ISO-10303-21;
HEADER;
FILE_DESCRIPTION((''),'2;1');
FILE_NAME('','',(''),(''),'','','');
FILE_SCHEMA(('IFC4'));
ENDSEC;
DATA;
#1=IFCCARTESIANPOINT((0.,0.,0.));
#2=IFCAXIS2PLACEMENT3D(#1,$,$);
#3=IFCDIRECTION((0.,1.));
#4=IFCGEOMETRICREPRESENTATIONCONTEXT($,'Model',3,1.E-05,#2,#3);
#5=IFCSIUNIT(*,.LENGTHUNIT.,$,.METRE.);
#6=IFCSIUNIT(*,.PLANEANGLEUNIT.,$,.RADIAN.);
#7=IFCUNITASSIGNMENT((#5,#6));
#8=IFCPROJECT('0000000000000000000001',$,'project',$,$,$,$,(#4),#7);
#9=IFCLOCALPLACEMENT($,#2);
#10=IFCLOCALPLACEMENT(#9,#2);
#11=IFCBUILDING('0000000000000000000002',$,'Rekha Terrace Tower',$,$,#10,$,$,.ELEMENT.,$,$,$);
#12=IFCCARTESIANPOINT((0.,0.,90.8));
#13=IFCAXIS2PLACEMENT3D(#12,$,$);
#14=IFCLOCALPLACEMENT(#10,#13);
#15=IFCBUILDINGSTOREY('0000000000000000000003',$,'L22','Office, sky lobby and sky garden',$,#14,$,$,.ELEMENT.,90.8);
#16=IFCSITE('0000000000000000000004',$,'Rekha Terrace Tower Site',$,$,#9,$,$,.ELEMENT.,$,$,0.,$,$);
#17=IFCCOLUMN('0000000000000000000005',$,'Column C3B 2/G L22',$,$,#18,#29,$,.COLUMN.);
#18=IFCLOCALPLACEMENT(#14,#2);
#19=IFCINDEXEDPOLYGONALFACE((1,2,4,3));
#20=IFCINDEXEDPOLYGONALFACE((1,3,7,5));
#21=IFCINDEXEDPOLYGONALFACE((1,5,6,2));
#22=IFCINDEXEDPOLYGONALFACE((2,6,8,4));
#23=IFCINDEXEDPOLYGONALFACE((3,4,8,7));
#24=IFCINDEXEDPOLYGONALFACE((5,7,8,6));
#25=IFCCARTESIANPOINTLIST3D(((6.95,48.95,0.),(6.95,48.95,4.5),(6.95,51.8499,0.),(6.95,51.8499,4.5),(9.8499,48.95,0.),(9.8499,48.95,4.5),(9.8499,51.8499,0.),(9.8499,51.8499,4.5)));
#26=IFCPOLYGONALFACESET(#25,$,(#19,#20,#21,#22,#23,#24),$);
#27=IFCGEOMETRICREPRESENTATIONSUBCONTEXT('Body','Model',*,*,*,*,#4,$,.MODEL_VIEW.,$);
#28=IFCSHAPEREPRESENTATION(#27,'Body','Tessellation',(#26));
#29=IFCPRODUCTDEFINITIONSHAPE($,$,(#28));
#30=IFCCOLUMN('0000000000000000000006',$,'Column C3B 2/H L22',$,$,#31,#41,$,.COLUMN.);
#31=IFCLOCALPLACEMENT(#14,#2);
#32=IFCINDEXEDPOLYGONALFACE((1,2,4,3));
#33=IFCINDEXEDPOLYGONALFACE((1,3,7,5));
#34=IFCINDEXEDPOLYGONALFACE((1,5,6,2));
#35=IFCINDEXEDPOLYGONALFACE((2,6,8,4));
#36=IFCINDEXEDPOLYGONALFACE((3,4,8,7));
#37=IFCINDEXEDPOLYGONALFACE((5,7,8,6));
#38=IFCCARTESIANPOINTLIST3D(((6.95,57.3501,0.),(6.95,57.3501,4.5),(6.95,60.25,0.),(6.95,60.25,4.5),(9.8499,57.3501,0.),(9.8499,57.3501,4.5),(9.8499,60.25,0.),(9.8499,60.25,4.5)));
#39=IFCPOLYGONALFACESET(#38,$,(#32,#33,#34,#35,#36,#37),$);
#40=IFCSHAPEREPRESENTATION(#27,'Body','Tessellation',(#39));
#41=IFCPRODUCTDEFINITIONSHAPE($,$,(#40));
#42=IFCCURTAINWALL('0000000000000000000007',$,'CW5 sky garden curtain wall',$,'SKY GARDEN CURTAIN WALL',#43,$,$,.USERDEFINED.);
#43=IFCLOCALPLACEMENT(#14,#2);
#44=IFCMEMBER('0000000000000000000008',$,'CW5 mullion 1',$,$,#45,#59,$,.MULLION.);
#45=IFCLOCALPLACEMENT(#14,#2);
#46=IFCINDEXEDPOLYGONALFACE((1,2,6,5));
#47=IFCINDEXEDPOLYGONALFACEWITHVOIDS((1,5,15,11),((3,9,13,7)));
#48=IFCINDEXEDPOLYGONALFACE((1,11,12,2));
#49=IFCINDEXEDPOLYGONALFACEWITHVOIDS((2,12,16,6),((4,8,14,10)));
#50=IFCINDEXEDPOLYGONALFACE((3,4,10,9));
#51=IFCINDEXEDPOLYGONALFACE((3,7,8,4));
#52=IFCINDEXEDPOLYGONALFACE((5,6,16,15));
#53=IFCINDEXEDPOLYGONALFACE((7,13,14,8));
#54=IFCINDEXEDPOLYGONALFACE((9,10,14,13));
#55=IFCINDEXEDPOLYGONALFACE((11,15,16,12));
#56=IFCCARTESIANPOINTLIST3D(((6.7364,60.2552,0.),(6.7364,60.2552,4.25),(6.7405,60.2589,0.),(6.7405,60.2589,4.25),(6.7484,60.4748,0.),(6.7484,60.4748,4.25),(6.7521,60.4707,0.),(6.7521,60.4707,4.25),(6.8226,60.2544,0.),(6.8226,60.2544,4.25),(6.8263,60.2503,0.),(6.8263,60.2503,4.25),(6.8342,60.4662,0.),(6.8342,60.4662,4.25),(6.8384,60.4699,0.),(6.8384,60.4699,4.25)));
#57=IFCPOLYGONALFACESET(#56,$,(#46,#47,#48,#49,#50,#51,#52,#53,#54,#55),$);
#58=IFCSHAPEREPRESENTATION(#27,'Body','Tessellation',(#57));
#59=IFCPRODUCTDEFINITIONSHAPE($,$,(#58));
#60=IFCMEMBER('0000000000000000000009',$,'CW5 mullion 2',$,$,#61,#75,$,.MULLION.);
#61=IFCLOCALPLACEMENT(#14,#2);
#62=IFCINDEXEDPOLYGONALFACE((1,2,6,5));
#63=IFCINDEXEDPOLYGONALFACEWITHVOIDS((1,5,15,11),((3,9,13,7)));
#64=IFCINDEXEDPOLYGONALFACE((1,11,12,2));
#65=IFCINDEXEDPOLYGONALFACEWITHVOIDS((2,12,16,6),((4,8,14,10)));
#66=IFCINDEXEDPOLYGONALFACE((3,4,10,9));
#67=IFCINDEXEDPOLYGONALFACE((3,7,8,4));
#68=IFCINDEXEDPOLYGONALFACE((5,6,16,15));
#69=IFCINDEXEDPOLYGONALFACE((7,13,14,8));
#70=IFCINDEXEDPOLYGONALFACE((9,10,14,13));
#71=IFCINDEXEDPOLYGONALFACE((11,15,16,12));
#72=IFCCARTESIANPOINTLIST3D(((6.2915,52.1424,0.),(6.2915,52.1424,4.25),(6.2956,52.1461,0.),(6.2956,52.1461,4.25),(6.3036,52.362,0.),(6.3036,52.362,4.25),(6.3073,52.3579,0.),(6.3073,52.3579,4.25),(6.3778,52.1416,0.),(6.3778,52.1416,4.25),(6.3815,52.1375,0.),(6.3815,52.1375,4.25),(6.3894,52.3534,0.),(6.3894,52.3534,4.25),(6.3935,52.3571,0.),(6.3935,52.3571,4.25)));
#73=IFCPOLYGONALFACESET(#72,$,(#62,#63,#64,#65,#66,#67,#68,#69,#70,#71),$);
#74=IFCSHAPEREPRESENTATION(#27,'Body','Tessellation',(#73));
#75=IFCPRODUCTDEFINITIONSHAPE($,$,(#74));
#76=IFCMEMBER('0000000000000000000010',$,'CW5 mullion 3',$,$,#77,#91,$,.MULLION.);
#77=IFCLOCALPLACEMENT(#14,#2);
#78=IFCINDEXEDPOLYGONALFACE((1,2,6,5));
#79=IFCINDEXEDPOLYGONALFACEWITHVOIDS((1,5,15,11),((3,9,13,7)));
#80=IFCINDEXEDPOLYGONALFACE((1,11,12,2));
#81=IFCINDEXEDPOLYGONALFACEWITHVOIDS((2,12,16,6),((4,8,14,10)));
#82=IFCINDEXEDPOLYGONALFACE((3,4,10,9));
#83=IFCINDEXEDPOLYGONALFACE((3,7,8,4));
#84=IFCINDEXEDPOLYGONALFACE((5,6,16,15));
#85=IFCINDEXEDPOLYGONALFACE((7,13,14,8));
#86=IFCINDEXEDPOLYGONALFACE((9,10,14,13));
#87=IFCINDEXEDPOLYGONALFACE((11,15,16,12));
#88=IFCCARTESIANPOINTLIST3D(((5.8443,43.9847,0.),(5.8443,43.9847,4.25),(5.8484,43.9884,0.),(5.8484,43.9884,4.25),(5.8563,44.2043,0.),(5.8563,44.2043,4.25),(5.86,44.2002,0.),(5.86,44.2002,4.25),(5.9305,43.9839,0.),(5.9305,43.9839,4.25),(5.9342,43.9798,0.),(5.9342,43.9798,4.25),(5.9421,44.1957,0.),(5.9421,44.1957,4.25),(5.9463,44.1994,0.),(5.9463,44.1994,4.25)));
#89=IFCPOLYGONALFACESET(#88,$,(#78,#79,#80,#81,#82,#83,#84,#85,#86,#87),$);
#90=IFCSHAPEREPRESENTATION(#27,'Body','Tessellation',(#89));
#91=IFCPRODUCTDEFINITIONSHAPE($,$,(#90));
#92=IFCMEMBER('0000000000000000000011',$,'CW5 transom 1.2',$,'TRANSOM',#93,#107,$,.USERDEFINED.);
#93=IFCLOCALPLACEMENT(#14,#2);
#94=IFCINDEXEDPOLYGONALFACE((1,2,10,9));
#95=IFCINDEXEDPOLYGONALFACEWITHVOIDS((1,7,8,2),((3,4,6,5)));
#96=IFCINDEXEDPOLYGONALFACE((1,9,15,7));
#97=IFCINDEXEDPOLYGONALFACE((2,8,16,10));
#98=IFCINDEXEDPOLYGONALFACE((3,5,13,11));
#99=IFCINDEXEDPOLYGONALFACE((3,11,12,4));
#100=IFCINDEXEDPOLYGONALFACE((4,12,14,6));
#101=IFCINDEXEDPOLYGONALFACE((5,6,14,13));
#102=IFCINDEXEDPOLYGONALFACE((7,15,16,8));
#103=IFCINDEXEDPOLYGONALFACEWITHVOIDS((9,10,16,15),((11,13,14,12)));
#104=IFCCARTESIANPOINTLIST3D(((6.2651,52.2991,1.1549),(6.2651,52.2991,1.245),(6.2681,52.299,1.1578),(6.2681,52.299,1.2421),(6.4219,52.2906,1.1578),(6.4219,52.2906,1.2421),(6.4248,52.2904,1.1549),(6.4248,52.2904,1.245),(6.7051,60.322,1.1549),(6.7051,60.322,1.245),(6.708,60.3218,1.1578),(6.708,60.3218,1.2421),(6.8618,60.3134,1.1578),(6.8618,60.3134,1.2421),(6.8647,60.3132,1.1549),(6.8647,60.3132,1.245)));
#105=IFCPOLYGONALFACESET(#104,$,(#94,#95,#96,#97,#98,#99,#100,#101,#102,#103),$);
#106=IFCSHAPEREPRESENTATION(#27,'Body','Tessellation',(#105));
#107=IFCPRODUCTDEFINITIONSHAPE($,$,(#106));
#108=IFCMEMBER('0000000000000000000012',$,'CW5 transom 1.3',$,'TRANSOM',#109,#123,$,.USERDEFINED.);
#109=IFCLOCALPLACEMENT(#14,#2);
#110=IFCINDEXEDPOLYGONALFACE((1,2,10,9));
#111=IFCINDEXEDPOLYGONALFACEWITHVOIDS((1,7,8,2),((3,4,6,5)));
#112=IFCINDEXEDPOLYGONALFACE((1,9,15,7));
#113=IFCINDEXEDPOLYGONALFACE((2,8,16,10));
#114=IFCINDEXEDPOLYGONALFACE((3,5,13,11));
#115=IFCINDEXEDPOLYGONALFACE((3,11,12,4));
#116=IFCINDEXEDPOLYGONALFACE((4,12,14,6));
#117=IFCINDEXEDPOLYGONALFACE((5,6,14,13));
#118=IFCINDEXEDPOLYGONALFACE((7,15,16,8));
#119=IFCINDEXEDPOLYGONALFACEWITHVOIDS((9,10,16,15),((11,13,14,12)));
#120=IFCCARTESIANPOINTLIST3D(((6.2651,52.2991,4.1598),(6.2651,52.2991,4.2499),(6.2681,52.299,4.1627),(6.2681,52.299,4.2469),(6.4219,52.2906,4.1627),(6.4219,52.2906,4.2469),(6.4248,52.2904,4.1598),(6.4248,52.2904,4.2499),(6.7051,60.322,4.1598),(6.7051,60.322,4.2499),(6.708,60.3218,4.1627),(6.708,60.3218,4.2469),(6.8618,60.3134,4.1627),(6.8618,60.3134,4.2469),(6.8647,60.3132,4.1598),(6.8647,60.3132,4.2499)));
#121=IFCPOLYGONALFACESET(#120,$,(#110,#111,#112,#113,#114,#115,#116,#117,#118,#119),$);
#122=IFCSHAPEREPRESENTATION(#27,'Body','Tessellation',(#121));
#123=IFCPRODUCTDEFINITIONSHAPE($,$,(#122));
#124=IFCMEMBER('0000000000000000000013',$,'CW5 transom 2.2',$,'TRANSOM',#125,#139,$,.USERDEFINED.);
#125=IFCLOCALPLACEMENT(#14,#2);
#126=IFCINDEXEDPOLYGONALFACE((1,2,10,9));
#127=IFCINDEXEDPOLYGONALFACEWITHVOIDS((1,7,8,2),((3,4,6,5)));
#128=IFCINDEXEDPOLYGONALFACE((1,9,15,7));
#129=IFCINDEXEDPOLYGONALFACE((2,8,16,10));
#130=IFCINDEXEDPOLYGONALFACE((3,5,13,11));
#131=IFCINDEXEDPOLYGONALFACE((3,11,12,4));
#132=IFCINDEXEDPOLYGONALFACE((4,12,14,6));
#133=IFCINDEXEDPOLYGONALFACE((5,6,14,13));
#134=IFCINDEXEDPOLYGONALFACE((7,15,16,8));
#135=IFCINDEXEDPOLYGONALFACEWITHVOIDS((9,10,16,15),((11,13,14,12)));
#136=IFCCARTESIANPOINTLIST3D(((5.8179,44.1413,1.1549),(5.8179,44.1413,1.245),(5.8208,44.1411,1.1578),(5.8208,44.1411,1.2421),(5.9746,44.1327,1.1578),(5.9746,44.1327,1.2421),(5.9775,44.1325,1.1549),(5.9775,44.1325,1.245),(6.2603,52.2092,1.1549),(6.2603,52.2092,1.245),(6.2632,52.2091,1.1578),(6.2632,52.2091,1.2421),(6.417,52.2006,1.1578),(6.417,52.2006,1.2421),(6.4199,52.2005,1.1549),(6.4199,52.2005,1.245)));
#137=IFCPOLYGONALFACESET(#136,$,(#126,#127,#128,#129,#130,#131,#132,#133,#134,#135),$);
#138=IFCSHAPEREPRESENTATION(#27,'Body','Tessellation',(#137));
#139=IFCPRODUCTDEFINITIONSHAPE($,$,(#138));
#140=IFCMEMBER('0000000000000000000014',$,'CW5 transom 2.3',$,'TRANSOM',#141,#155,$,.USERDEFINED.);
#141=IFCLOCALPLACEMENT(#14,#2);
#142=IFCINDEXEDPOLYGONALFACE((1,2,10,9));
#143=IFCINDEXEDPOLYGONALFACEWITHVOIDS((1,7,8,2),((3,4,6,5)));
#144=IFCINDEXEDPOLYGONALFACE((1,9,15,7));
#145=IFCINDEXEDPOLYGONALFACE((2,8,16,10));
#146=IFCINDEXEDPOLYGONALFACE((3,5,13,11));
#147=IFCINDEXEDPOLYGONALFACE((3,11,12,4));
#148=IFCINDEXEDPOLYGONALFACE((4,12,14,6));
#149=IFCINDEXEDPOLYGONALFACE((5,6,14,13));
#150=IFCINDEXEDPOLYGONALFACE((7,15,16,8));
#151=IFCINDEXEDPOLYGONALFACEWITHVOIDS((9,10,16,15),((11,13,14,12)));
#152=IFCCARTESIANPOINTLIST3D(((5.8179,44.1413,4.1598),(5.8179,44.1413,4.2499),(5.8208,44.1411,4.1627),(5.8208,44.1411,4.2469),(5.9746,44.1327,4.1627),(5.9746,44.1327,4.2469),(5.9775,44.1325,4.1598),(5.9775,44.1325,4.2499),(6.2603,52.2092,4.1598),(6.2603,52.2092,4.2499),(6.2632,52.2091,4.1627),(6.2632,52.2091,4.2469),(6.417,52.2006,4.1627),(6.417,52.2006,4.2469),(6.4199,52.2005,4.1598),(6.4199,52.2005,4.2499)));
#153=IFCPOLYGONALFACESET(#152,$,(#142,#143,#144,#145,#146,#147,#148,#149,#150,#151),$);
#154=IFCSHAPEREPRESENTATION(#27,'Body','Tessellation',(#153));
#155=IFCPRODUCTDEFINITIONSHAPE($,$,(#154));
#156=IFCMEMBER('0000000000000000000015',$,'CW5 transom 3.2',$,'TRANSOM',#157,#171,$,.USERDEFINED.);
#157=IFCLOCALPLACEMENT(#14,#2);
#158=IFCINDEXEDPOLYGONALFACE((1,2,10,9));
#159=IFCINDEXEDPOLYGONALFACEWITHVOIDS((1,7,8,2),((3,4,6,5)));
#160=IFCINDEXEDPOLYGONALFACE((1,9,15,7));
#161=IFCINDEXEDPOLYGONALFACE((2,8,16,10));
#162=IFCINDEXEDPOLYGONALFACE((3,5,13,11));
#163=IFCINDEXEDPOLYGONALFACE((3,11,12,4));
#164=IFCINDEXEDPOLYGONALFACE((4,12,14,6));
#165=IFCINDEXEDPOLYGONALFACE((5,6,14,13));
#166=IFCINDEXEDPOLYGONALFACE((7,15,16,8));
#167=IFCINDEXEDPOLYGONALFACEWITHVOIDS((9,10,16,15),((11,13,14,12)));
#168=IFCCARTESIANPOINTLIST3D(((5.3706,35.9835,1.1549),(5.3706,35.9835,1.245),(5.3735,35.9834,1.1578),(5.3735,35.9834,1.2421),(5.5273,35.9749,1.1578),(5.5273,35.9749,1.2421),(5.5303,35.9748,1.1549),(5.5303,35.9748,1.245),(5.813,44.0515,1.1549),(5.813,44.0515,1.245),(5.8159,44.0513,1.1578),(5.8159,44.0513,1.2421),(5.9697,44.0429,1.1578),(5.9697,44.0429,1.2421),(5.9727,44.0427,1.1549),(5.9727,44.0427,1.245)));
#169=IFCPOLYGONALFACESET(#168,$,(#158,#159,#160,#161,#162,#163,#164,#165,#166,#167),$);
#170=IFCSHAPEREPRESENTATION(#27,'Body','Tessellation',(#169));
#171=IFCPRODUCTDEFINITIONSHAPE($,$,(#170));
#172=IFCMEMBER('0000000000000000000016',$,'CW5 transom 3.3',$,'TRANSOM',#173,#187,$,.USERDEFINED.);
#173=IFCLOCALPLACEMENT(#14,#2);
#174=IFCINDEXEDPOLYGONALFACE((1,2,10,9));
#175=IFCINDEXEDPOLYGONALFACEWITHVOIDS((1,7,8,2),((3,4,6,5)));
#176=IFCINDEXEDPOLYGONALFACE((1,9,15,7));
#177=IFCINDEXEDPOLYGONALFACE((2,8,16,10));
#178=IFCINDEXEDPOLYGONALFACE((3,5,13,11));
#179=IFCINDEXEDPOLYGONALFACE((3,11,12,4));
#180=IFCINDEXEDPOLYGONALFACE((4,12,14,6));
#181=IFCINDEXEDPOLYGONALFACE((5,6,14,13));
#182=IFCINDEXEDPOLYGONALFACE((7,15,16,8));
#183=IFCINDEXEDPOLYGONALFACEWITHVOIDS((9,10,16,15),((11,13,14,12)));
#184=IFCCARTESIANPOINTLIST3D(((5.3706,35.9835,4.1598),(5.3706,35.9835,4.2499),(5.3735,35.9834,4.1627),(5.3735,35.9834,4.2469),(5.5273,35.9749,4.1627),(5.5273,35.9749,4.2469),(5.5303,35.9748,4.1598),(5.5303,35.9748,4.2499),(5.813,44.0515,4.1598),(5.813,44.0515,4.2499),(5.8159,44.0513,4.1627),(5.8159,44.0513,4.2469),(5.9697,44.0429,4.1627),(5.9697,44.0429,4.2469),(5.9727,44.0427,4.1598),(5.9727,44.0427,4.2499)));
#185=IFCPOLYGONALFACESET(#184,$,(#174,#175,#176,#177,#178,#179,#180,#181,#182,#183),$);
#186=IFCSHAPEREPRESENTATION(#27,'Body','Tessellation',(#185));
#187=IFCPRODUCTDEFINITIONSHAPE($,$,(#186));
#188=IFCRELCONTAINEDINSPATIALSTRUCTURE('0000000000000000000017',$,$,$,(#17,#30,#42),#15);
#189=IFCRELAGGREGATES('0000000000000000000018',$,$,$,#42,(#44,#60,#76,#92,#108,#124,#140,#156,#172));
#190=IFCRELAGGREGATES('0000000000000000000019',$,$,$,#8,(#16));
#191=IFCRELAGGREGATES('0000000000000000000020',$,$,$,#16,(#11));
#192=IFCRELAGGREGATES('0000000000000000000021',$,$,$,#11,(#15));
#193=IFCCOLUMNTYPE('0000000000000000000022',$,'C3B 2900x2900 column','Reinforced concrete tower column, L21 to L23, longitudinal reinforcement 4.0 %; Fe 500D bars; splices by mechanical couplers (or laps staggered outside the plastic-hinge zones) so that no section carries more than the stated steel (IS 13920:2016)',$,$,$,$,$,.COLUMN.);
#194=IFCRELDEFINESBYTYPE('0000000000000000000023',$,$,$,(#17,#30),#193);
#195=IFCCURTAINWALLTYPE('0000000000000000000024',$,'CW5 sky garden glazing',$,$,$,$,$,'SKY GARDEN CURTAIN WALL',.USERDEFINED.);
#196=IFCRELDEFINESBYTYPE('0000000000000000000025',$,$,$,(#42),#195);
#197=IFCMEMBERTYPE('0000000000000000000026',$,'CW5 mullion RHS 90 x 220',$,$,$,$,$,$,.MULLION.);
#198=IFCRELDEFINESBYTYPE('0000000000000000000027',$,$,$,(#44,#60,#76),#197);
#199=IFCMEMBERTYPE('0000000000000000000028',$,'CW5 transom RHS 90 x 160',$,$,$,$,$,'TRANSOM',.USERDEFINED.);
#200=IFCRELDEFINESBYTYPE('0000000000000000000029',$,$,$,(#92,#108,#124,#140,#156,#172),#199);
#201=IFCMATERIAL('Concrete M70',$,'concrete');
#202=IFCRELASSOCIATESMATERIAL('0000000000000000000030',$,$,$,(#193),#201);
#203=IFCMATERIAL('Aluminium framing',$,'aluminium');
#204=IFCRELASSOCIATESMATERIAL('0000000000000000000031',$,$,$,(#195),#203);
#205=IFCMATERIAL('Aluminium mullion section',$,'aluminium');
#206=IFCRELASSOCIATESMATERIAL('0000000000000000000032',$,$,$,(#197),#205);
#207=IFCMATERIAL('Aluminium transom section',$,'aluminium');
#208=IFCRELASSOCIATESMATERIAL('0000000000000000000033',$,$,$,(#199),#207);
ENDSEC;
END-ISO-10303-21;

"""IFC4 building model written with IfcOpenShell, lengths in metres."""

from ifc_helpers import new_model, si_unit, direction, frame, origin, origin_2d, place, context, subcontext, project, spatial, rectangle, hollow_rectangle, extrude, material, material_profile, profile_set, type_object, element, aggregate, save


model = new_model("IFC4")

# Units and contexts
model_context = context("Model", 3, precision=1e-05, world=origin(), true_north=direction((0.0, 1.0)))
body_context = subcontext(model_context, "Body", "Model", "MODEL_VIEW")
ifc_project = project(units=[si_unit("LENGTHUNIT", "METRE"), si_unit("PLANEANGLEUNIT", "RADIAN")], contexts=[model_context])

# Site, building, storey
site_placement = place(None, origin())
site = spatial("IfcSite", under=ifc_project, at=site_placement, Name="Rekha Terrace Tower Site", CompositionType="ELEMENT", RefElevation=0.0)
building_placement = place(site_placement, origin())
building = spatial("IfcBuilding", under=site, at=building_placement, Name="Rekha Terrace Tower", CompositionType="ELEMENT")
storey_placement = place(building_placement, frame((0.0, 0.0, 90.8)))
storey = spatial("IfcBuildingStorey", under=building, at=storey_placement, Name="L22", Description="Office, sky lobby and sky garden", CompositionType="ELEMENT", Elevation=90.8)

# Columns
ifc_material_1 = material(Name="Concrete M70", Category="concrete")
ifc_material_profile_1 = material_profile(ifc_material_1, rectangle(XDim=2.8999, YDim=2.8999, at=origin_2d()), Name="RC 2900x2900")
ifc_profile_set_1 = profile_set([ifc_material_profile_1], Name="Concrete M70")
column_type = type_object("IfcColumnType", Name="C3B 2900x2900 column", Description="Reinforced concrete tower column, L21 to L23, longitudinal reinforcement 4.0 %; Fe 500D bars; splices by mechanical couplers (or laps staggered outside the plastic-hinge zones) so that no section carries more than the stated steel (IS 13920:2016)", PredefinedType="COLUMN", material=ifc_profile_set_1)
for number, where, z_axis, x_axis, name in (
    (1, (8.3999, 50.3999, 0.0), (0.0, 0.0, 1.0), (1.0, 0.0, 0.0), "Column C3B 2/G L22"),
    (2, (8.3999, 58.8, 0.0), (0.0, 0.0, 1.0), (1.0, 0.0, 0.0), "Column C3B 2/H L22"),
):
    element("IfcColumn", number, at=place(storey_placement, frame(where, z_axis=z_axis, x_axis=x_axis)), inside=storey, type_object=column_type, Name=name, PredefinedType="COLUMN", context=body_context, shape_type="SweptSolid", body=[
        extrude(rectangle(XDim=2.8999, YDim=2.8999, at=origin_2d()), origin(), (0.0, 0.0, 1.0), 4.5),
    ])

# Curtain wall, members
ifc_material_2 = material(Name="Aluminium framing", Category="aluminium")
curtain_wall_type = type_object("IfcCurtainWallType", Name="CW5 sky garden glazing", ElementType="SKY GARDEN CURTAIN WALL", PredefinedType="USERDEFINED", material=ifc_material_2)
curtain_wall_1_placement = place(storey_placement, origin())
curtain_wall_1 = element("IfcCurtainWall", 3, at=curtain_wall_1_placement, inside=storey, type_object=curtain_wall_type, Name="CW5 sky garden curtain wall", ObjectType="SKY GARDEN CURTAIN WALL", PredefinedType="USERDEFINED")
ifc_material_3 = material(Name="Aluminium mullion section", Category="aluminium")
ifc_material_profile_2 = material_profile(ifc_material_3, hollow_rectangle(XDim=0.0901, YDim=0.22, WallThickness=0.0039, at=origin_2d()), Name="AL RHS 90x220")
ifc_profile_set_2 = profile_set([ifc_material_profile_2], Name="Aluminium mullion section")
member_type_1 = type_object("IfcMemberType", Name="CW5 mullion RHS 90 x 220", PredefinedType="MULLION", material=ifc_profile_set_2)
member_1_placement = place(storey_placement, frame((6.7874, 60.3625, 0.0), z_axis=(0.0, 0.0, 1.0), x_axis=(0.998501, -0.054742, 0.0)))
member_1 = element("IfcMember", 4, at=member_1_placement, type_object=member_type_1, Name="CW5 mullion 1", PredefinedType="MULLION", context=body_context, shape_type="SweptSolid", body=[
    extrude(hollow_rectangle(XDim=0.0901, YDim=0.22, WallThickness=0.0039, at=origin_2d()), origin(), (0.0, 0.0, 1.0), 4.25),
])
member_2_placement = place(storey_placement, frame((6.3425, 52.2498, 0.0), z_axis=(0.0, 0.0, 1.0), x_axis=(0.998501, -0.054742, 0.0)))
member_2 = element("IfcMember", 5, at=member_2_placement, type_object=member_type_1, Name="CW5 mullion 2", PredefinedType="MULLION", context=body_context, shape_type="SweptSolid", body=[
    extrude(hollow_rectangle(XDim=0.0901, YDim=0.22, WallThickness=0.0039, at=origin_2d()), origin(), (0.0, 0.0, 1.0), 4.25),
])
member_3_placement = place(storey_placement, frame((5.8953, 44.092, 0.0), z_axis=(0.0, 0.0, 1.0), x_axis=(0.998501, -0.054742, 0.0)))
member_3 = element("IfcMember", 6, at=member_3_placement, type_object=member_type_1, Name="CW5 mullion 3", PredefinedType="MULLION", context=body_context, shape_type="SweptSolid", body=[
    extrude(hollow_rectangle(XDim=0.0901, YDim=0.22, WallThickness=0.0039, at=origin_2d()), origin(), (0.0, 0.0, 1.0), 4.25),
])
ifc_material_4 = material(Name="Aluminium transom section", Category="aluminium")
ifc_material_profile_3 = material_profile(ifc_material_4, hollow_rectangle(XDim=0.1599, YDim=0.0901, WallThickness=0.0029, at=origin_2d()), Name="AL RHS 160x90")
ifc_profile_set_3 = profile_set([ifc_material_profile_3], Name="Aluminium transom section")
member_type_2 = type_object("IfcMemberType", Name="CW5 transom RHS 90 x 160", ElementType="TRANSOM", PredefinedType="USERDEFINED", material=ifc_profile_set_3)
member_4_placement = place(storey_placement, frame((6.7849, 60.3176, 1.2), z_axis=(-0.054753, -0.9985, 0.0), x_axis=(0.9985, -0.054753, 0.0)))
member_4 = element("IfcMember", 7, at=member_4_placement, type_object=member_type_2, Name="CW5 transom 1.2", ObjectType="TRANSOM", PredefinedType="USERDEFINED", context=body_context, shape_type="SweptSolid", body=[
    extrude(hollow_rectangle(XDim=0.1599, YDim=0.0901, WallThickness=0.0029, at=origin_2d()), origin(), (0.0, 0.0, 1.0), 8.0349),
])
member_5_placement = place(storey_placement, frame((6.7849, 60.3176, 4.2048), z_axis=(-0.054753, -0.9985, 0.0), x_axis=(0.9985, -0.054753, 0.0)))
member_5 = element("IfcMember", 8, at=member_5_placement, type_object=member_type_2, Name="CW5 transom 1.3", ObjectType="TRANSOM", PredefinedType="USERDEFINED", context=body_context, shape_type="SweptSolid", body=[
    extrude(hollow_rectangle(XDim=0.1599, YDim=0.0901, WallThickness=0.0029, at=origin_2d()), origin(), (0.0, 0.0, 1.0), 8.0349),
])
member_6_placement = place(storey_placement, frame((6.3401, 52.2048, 1.2), z_axis=(-0.05475, -0.9985, 0.0), x_axis=(0.9985, -0.05475, 0.0)))
member_6 = element("IfcMember", 9, at=member_6_placement, type_object=member_type_2, Name="CW5 transom 2.2", ObjectType="TRANSOM", PredefinedType="USERDEFINED", context=body_context, shape_type="SweptSolid", body=[
    extrude(hollow_rectangle(XDim=0.1599, YDim=0.0901, WallThickness=0.0029, at=origin_2d()), origin(), (0.0, 0.0, 1.0), 8.0801),
])
member_7_placement = place(storey_placement, frame((6.3401, 52.2048, 4.2048), z_axis=(-0.05475, -0.9985, 0.0), x_axis=(0.9985, -0.05475, 0.0)))
member_7 = element("IfcMember", 10, at=member_7_placement, type_object=member_type_2, Name="CW5 transom 2.3", ObjectType="TRANSOM", PredefinedType="USERDEFINED", context=body_context, shape_type="SweptSolid", body=[
    extrude(hollow_rectangle(XDim=0.1599, YDim=0.0901, WallThickness=0.0029, at=origin_2d()), origin(), (0.0, 0.0, 1.0), 8.0801),
])
member_8_placement = place(storey_placement, frame((5.8928, 44.0471, 1.2), z_axis=(-0.05475, -0.9985, 0.0), x_axis=(0.9985, -0.05475, 0.0)))
member_8 = element("IfcMember", 11, at=member_8_placement, type_object=member_type_2, Name="CW5 transom 3.2", ObjectType="TRANSOM", PredefinedType="USERDEFINED", context=body_context, shape_type="SweptSolid", body=[
    extrude(hollow_rectangle(XDim=0.1599, YDim=0.0901, WallThickness=0.0029, at=origin_2d()), origin(), (0.0, 0.0, 1.0), 8.0801),
])
member_9_placement = place(storey_placement, frame((5.8928, 44.0471, 4.2048), z_axis=(-0.05475, -0.9985, 0.0), x_axis=(0.9985, -0.05475, 0.0)))
member_9 = element("IfcMember", 12, at=member_9_placement, type_object=member_type_2, Name="CW5 transom 3.3", ObjectType="TRANSOM", PredefinedType="USERDEFINED", context=body_context, shape_type="SweptSolid", body=[
    extrude(hollow_rectangle(XDim=0.1599, YDim=0.0901, WallThickness=0.0029, at=origin_2d()), origin(), (0.0, 0.0, 1.0), 8.0801),
])

aggregate(curtain_wall_1, [member_1, member_2, member_3, member_4, member_5, member_6, member_7, member_8, member_9])

save(model, "model.ifc")
